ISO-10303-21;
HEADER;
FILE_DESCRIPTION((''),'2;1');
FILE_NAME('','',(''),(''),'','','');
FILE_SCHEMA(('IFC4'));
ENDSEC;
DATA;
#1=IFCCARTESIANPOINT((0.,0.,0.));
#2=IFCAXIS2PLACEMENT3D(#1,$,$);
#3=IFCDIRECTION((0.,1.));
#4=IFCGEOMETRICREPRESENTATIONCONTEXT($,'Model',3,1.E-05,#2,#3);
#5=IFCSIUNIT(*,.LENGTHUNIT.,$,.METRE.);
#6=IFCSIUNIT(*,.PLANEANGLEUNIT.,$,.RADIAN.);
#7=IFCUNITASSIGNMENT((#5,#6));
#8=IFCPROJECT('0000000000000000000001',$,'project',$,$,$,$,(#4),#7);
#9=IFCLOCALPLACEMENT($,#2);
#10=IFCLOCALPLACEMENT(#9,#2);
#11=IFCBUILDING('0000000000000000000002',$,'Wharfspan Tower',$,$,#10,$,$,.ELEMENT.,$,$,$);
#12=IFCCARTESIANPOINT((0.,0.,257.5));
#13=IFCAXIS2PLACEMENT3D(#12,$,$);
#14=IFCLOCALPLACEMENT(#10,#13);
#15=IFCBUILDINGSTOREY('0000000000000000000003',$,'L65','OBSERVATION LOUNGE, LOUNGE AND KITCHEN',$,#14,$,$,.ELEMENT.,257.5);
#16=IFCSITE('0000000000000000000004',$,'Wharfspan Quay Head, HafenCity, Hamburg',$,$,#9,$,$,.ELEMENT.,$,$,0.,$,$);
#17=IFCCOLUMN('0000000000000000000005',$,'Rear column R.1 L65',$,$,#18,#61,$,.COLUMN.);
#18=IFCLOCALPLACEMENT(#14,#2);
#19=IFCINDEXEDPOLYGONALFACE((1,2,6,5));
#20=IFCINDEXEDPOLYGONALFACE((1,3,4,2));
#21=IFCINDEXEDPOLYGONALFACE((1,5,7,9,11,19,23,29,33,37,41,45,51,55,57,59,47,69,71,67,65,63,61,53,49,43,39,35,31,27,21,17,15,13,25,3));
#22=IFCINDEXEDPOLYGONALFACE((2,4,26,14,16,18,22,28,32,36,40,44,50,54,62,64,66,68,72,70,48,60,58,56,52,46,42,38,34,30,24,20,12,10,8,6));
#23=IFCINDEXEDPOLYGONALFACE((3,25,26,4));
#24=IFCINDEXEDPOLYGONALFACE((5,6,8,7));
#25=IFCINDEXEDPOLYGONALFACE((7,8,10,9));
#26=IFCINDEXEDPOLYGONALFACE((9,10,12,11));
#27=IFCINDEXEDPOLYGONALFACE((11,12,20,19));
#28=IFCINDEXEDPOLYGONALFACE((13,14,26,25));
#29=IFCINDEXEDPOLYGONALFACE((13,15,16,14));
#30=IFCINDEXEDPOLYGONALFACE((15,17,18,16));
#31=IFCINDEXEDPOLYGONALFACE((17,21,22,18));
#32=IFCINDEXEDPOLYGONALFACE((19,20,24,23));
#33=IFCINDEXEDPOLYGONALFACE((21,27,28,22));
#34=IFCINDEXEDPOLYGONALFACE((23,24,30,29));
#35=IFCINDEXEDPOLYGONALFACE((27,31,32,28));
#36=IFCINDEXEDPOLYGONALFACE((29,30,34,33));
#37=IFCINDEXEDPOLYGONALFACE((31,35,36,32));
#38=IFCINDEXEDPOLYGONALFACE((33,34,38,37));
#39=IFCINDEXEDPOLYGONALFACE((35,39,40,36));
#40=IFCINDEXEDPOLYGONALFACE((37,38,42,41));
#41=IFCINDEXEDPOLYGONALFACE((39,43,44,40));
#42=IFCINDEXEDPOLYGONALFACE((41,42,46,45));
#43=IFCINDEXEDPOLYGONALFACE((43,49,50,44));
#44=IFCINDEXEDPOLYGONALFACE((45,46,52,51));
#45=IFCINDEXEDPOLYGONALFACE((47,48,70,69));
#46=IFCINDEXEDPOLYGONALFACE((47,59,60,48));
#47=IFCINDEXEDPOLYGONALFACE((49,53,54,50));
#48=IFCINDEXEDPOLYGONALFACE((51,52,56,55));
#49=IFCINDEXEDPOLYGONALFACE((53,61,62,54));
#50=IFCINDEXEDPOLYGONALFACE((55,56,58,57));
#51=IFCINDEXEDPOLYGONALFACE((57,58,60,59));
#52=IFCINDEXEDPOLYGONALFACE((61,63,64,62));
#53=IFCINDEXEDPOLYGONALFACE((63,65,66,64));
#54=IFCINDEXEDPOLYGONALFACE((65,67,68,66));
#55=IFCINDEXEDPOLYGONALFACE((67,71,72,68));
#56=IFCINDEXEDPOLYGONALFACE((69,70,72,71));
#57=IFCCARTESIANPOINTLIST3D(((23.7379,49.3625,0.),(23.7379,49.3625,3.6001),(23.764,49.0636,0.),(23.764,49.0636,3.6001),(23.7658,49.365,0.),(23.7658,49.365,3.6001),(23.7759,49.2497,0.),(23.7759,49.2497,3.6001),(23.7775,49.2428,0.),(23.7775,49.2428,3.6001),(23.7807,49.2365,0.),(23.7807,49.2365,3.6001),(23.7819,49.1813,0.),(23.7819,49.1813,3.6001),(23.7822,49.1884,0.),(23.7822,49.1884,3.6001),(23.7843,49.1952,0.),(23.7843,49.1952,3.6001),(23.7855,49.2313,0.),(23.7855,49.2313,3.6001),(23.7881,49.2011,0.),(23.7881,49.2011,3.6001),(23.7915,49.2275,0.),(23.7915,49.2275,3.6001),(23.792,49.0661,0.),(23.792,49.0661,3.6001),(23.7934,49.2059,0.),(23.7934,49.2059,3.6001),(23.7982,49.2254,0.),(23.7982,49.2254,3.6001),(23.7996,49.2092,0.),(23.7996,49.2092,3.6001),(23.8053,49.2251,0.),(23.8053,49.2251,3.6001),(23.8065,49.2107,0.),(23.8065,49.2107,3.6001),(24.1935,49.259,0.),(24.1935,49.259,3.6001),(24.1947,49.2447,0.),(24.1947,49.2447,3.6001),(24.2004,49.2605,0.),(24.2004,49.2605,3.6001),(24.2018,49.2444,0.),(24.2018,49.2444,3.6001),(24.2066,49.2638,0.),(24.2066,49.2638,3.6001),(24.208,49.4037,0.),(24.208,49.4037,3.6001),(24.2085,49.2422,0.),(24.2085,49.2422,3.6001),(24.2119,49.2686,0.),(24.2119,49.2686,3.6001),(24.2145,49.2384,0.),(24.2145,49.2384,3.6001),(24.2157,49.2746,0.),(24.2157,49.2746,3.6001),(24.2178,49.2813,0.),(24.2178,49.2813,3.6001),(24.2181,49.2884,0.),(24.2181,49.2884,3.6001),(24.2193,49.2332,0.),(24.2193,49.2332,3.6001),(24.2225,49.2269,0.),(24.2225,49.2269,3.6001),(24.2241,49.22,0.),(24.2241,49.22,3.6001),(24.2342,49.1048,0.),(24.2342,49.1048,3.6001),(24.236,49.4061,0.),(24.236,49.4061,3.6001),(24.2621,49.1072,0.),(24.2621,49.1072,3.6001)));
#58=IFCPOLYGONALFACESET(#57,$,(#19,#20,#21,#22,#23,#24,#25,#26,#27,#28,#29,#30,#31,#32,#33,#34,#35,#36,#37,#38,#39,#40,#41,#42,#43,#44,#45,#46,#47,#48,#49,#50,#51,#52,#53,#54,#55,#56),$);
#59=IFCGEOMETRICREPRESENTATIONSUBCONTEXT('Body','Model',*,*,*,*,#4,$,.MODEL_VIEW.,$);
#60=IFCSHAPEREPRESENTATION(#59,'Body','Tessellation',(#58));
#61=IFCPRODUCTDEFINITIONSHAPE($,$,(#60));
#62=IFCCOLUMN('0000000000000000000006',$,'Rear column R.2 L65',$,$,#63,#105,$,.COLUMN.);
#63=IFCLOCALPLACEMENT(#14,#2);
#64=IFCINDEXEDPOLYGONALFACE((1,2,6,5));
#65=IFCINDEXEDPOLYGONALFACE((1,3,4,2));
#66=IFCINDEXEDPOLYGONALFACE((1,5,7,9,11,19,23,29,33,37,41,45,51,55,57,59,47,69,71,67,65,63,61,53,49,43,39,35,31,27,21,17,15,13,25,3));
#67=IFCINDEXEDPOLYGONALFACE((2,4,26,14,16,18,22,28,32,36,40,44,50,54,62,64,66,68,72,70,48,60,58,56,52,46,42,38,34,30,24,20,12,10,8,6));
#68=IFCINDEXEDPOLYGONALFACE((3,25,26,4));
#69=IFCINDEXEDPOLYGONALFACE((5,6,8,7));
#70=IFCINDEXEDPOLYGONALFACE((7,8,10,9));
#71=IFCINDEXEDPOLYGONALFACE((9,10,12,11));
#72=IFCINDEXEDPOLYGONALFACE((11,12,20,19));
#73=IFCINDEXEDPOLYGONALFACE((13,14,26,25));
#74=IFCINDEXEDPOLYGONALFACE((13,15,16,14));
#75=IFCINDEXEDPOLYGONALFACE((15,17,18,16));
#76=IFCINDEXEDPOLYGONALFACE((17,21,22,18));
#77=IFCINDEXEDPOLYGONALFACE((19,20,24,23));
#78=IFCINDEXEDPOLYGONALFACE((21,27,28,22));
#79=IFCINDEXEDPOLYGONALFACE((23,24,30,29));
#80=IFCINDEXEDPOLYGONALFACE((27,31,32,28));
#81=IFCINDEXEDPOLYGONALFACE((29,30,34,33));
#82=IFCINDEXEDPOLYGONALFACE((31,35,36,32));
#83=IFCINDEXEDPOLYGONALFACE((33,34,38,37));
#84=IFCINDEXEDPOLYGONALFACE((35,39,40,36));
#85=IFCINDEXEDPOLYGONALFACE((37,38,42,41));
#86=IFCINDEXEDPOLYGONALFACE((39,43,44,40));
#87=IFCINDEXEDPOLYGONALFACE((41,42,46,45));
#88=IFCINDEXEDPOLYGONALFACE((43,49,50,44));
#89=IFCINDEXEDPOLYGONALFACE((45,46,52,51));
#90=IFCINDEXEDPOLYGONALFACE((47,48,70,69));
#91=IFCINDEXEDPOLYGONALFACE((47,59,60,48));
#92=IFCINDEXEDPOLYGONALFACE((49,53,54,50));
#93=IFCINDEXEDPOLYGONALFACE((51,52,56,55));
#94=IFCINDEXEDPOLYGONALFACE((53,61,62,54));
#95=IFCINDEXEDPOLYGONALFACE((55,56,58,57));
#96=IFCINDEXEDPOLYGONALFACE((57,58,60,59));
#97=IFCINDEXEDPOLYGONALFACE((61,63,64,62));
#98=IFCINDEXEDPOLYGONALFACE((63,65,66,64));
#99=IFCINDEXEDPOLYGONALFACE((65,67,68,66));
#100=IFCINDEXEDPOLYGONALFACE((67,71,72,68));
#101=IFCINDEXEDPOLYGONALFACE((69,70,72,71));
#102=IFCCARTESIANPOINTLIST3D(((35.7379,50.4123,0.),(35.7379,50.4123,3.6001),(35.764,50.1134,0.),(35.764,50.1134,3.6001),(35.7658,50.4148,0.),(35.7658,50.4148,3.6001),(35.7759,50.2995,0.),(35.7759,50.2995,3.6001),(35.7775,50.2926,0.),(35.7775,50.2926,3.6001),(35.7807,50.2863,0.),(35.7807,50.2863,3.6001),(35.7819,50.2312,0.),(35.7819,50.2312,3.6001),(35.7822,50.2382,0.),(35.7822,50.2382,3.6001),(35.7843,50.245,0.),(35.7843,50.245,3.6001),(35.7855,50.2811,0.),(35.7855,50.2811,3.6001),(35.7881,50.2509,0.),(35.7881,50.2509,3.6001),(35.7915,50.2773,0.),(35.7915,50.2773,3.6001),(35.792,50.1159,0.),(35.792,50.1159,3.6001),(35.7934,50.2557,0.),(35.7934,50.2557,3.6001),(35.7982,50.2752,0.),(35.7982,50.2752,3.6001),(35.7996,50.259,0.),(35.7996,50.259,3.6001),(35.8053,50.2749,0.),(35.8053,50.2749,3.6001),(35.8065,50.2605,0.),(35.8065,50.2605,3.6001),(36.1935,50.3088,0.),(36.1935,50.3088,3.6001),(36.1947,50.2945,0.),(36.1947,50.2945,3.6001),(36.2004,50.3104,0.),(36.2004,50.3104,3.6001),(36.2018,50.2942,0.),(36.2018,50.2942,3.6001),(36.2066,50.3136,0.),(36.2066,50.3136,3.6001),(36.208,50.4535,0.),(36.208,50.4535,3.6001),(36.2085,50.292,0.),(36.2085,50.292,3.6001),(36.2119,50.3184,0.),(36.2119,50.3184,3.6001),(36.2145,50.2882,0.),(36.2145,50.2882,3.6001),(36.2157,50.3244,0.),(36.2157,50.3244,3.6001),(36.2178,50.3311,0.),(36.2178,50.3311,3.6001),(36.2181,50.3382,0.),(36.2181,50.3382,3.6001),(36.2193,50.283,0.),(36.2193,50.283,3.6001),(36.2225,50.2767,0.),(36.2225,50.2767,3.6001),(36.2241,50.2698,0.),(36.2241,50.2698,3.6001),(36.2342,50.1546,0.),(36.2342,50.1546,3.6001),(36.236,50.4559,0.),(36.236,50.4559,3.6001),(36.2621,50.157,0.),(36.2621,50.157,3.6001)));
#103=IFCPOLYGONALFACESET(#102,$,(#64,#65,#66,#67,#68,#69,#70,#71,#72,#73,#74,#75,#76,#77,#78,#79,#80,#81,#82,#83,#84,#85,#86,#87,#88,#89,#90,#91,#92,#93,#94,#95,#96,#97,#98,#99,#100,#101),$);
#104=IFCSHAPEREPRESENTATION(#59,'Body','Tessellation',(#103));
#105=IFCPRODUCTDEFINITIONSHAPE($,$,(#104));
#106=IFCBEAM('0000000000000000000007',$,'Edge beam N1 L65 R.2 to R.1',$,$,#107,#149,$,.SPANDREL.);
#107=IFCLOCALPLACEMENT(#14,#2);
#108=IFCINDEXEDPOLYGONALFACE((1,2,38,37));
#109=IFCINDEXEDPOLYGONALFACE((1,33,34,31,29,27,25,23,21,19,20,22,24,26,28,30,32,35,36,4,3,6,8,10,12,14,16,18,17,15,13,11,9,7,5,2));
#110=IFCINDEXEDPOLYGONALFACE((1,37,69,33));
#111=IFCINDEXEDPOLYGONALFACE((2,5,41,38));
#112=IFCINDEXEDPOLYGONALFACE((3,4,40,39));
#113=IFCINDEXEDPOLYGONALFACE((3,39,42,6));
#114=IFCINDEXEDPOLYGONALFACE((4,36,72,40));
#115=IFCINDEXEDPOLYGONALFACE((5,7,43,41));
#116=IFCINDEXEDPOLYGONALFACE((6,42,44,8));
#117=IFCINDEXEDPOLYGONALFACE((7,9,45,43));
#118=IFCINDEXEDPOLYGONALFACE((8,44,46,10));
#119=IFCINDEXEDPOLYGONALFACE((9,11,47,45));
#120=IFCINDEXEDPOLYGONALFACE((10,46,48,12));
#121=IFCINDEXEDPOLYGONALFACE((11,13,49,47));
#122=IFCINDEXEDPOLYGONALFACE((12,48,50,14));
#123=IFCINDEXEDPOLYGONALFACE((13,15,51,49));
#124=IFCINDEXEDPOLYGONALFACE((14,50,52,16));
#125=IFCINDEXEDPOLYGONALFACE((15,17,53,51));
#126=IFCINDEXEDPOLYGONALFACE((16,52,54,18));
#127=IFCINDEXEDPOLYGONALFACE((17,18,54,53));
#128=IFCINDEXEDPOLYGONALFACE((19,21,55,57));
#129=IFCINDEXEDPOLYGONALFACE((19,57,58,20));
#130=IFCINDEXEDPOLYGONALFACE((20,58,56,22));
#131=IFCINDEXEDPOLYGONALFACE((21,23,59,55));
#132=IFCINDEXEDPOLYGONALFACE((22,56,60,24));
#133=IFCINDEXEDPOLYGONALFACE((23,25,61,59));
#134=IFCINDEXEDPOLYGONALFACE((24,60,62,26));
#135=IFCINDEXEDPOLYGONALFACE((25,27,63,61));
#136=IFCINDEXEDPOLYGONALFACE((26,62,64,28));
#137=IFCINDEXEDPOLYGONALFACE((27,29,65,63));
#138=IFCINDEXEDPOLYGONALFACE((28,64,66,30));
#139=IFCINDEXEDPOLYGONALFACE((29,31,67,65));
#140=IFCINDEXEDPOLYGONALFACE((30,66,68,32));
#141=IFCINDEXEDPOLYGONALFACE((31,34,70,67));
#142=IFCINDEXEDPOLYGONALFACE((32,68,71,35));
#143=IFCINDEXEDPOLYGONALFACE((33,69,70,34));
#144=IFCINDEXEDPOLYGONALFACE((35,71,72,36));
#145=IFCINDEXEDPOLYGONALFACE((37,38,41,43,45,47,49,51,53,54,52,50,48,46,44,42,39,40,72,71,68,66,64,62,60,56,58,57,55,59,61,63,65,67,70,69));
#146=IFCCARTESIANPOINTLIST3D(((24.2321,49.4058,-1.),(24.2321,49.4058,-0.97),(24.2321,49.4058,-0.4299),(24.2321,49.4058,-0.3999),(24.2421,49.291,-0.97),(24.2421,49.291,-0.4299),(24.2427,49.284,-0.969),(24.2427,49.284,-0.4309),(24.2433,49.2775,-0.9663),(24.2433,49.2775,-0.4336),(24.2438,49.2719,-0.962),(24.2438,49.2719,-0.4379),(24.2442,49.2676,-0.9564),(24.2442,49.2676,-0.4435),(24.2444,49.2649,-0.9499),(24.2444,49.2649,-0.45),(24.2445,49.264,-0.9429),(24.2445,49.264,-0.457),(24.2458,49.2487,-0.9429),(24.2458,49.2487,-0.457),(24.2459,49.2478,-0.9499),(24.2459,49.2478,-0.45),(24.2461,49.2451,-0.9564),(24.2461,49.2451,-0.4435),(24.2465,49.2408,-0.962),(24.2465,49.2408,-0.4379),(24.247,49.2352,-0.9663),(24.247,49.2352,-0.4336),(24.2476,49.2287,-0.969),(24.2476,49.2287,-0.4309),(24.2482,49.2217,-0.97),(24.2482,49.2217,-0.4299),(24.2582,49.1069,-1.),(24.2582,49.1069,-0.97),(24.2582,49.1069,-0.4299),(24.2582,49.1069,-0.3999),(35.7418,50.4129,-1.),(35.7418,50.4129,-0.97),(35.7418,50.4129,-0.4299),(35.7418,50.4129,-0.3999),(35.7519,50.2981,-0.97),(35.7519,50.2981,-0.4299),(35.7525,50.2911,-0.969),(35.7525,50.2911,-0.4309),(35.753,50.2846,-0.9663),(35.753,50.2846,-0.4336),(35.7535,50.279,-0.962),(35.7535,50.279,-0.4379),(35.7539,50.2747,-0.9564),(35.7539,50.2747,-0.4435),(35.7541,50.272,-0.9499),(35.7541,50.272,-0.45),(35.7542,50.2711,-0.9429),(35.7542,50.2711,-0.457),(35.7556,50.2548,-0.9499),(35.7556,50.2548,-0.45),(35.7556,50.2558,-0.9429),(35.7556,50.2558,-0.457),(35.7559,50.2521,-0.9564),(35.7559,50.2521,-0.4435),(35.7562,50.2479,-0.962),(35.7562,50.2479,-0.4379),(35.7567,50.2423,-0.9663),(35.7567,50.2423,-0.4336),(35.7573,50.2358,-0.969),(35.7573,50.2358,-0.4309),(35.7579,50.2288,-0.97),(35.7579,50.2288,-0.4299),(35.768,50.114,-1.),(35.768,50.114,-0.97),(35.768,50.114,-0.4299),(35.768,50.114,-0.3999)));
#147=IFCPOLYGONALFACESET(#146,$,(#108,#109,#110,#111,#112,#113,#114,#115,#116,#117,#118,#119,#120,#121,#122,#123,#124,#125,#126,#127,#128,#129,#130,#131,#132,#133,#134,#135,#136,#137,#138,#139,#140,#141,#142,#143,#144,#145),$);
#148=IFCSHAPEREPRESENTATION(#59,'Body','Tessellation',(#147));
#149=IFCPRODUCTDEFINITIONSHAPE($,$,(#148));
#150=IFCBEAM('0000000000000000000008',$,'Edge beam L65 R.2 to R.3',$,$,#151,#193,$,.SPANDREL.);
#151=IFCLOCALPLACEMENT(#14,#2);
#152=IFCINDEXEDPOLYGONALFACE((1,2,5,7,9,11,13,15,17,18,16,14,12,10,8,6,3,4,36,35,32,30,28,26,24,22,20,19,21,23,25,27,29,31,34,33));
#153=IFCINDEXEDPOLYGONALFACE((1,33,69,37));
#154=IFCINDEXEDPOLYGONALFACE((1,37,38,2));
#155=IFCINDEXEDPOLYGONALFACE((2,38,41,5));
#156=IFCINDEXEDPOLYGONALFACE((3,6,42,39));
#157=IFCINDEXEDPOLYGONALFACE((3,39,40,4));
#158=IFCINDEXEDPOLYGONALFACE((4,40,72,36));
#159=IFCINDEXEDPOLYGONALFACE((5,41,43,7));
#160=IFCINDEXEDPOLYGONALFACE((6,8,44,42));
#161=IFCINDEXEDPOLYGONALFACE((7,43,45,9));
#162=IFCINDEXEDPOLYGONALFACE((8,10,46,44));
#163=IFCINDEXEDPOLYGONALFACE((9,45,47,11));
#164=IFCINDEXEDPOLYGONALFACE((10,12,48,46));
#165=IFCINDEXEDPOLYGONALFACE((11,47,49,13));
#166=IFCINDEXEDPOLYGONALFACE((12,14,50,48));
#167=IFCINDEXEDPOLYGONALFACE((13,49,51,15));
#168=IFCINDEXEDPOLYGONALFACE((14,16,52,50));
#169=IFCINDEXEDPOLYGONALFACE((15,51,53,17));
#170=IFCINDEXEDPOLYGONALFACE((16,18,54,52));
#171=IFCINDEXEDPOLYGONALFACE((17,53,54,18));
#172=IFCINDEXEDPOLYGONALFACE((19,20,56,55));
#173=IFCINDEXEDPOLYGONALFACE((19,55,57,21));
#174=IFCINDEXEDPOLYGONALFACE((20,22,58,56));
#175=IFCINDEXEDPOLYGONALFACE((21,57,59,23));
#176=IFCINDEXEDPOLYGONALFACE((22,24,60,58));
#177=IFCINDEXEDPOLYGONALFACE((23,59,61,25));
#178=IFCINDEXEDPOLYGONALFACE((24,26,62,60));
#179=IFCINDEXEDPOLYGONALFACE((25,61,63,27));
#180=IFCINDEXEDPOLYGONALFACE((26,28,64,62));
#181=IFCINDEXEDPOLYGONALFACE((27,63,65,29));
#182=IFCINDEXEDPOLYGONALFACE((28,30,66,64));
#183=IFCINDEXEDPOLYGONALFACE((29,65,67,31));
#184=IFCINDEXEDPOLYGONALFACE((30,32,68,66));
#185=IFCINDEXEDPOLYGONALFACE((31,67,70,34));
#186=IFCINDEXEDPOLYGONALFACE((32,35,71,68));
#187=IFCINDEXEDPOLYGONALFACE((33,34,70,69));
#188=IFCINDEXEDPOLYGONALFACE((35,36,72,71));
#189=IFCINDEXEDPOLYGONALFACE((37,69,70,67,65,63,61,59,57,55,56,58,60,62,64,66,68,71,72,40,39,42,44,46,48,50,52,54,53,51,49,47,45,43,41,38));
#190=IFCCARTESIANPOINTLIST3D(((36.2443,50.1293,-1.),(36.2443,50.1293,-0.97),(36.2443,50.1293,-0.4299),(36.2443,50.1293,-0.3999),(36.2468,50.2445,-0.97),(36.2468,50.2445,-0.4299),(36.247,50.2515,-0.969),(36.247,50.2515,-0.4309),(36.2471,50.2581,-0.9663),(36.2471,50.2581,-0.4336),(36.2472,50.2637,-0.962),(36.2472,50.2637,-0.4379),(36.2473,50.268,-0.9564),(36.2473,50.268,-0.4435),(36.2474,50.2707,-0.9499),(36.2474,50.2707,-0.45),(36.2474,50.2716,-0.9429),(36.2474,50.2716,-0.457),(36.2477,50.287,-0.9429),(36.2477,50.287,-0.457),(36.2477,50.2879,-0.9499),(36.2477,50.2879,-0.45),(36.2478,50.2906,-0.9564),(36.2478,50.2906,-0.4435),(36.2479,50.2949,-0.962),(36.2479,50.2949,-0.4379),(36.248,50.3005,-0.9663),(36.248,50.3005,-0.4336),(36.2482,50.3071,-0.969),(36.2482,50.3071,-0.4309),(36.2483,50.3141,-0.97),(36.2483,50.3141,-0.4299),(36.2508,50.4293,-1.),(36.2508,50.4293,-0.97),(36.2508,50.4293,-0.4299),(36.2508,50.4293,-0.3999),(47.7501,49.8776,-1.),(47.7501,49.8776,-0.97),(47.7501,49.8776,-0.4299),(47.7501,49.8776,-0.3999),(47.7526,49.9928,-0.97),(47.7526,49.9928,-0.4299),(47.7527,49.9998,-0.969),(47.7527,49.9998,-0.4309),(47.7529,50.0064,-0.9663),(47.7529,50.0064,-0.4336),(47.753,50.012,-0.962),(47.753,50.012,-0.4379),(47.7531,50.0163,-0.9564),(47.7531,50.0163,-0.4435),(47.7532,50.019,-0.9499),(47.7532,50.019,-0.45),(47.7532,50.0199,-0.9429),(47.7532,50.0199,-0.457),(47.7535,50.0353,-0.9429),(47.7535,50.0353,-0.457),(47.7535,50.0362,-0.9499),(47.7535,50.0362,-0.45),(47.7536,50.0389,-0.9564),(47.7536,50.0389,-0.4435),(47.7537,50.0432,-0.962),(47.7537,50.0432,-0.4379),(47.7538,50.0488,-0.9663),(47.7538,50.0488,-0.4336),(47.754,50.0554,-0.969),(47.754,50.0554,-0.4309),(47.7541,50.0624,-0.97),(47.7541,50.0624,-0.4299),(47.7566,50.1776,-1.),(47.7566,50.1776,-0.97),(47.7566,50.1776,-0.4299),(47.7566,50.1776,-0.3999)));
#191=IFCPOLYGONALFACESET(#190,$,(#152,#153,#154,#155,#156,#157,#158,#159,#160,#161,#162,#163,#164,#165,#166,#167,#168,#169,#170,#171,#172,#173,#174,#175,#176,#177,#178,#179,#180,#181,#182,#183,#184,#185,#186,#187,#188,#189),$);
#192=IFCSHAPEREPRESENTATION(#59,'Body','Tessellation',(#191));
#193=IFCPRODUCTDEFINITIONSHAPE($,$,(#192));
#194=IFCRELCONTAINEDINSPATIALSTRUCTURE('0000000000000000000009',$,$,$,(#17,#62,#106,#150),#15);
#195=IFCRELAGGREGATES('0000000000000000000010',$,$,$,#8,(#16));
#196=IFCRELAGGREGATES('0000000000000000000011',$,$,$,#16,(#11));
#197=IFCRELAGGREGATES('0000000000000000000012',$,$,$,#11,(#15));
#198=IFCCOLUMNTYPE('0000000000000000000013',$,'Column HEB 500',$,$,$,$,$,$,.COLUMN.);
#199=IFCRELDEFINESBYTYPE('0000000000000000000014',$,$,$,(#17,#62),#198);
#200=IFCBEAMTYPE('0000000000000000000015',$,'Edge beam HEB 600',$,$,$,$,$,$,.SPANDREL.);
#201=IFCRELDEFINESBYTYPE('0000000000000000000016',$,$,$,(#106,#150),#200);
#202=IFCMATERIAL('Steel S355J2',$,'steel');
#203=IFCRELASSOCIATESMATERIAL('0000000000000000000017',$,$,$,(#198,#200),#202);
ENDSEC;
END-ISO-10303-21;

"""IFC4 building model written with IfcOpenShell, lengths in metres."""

from ifc_helpers import new_model, si_unit, direction, frame, origin, origin_2d, place, context, subcontext, project, spatial, i_section, extrude, material, material_profile, profile_set, type_object, element, save


model = new_model("IFC4")

# Units and contexts
model_context = context("Model", 3, precision=1e-05, world=origin(), true_north=direction((0.0, 1.0)))
body_context = subcontext(model_context, "Body", "Model", "MODEL_VIEW")
ifc_project = project(units=[si_unit("LENGTHUNIT", "METRE"), si_unit("PLANEANGLEUNIT", "RADIAN")], contexts=[model_context])

# Site, building, storey
site_placement = place(None, origin())
site = spatial("IfcSite", under=ifc_project, at=site_placement, Name="Wharfspan Quay Head, HafenCity, Hamburg", CompositionType="ELEMENT", RefElevation=0.0)
building_placement = place(site_placement, origin())
building = spatial("IfcBuilding", under=site, at=building_placement, Name="Wharfspan Tower", CompositionType="ELEMENT")
storey_placement = place(building_placement, frame((0.0, 0.0, 257.5)))
storey = spatial("IfcBuildingStorey", under=building, at=storey_placement, Name="L65", Description="OBSERVATION LOUNGE, LOUNGE AND KITCHEN", CompositionType="ELEMENT", Elevation=257.5)

# Columns
ifc_material_1 = material(Name="Steel S355J2", Category="steel")
ifc_material_profile_1 = material_profile(ifc_material_1, i_section(OverallWidth=0.3, OverallDepth=0.5, WebThickness=0.0144, FlangeThickness=0.0281, FilletRadius=0.0271, at=origin_2d()))
ifc_profile_set_1 = profile_set([ifc_material_profile_1], Name="Steel S355J2")
column_type = type_object("IfcColumnType", Name="Column HEB 500", PredefinedType="COLUMN", material=ifc_profile_set_1)
for number, where, z_axis, x_axis, name in (
    (1, (24.0, 49.2349, 0.0), (0.0, 0.0, 1.0), (-0.087156, 0.996197, 0.0), "Rear column R.1 L65"),
    (2, (36.0, 50.2847, 0.0), (0.0, 0.0, 1.0), (-0.087156, 0.996197, 0.0), "Rear column R.2 L65"),
):
    element("IfcColumn", number, at=place(storey_placement, frame(where, z_axis=z_axis, x_axis=x_axis)), inside=storey, type_object=column_type, Name=name, PredefinedType="COLUMN", context=body_context, shape_type="SweptSolid", body=[
        extrude(i_section(OverallWidth=0.3, OverallDepth=0.5, WebThickness=0.0144, FlangeThickness=0.0281, FilletRadius=0.0271, at=origin_2d()), origin(), (0.0, 0.0, 1.0), 3.6001),
    ])

# Beams
ifc_material_profile_2 = material_profile(ifc_material_1, i_section(OverallWidth=0.3, OverallDepth=0.6001, WebThickness=0.0154, FlangeThickness=0.03, FilletRadius=0.0271, at=origin_2d()))
ifc_profile_set_2 = profile_set([ifc_material_profile_2], Name="Steel S355J2")
beam_type = type_object("IfcBeamType", Name="Edge beam HEB 600", PredefinedType="SPANDREL", material=ifc_profile_set_2)
beam_1_placement = place(storey_placement, frame((35.7549, 50.2634, -0.7), z_axis=(-0.996194, -0.087165, 0.0), x_axis=(0.087165, -0.996194, 0.0)))
element("IfcBeam", 3, at=beam_1_placement, inside=storey, type_object=beam_type, Name="Edge beam N1 L65 R.2 to R.1", PredefinedType="SPANDREL", context=body_context, shape_type="SweptSolid", body=[
    extrude(i_section(OverallWidth=0.3, OverallDepth=0.6001, WebThickness=0.0154, FlangeThickness=0.03, FilletRadius=0.0271, at=origin_2d()), origin(), (0.0, 0.0, 1.0), 11.5537),
])
beam_2_placement = place(storey_placement, frame((36.2476, 50.2793, -0.7), z_axis=(0.999761, -0.021871, 0.0), x_axis=(0.021871, 0.999761, 0.0)))
element("IfcBeam", 4, at=beam_2_placement, inside=storey, type_object=beam_type, Name="Edge beam L65 R.2 to R.3", PredefinedType="SPANDREL", context=body_context, shape_type="SweptSolid", body=[
    extrude(i_section(OverallWidth=0.3, OverallDepth=0.6001, WebThickness=0.0154, FlangeThickness=0.03, FilletRadius=0.0271, at=origin_2d()), origin(), (0.0, 0.0, 1.0), 11.5085),
])

save(model, "model.ifc")
